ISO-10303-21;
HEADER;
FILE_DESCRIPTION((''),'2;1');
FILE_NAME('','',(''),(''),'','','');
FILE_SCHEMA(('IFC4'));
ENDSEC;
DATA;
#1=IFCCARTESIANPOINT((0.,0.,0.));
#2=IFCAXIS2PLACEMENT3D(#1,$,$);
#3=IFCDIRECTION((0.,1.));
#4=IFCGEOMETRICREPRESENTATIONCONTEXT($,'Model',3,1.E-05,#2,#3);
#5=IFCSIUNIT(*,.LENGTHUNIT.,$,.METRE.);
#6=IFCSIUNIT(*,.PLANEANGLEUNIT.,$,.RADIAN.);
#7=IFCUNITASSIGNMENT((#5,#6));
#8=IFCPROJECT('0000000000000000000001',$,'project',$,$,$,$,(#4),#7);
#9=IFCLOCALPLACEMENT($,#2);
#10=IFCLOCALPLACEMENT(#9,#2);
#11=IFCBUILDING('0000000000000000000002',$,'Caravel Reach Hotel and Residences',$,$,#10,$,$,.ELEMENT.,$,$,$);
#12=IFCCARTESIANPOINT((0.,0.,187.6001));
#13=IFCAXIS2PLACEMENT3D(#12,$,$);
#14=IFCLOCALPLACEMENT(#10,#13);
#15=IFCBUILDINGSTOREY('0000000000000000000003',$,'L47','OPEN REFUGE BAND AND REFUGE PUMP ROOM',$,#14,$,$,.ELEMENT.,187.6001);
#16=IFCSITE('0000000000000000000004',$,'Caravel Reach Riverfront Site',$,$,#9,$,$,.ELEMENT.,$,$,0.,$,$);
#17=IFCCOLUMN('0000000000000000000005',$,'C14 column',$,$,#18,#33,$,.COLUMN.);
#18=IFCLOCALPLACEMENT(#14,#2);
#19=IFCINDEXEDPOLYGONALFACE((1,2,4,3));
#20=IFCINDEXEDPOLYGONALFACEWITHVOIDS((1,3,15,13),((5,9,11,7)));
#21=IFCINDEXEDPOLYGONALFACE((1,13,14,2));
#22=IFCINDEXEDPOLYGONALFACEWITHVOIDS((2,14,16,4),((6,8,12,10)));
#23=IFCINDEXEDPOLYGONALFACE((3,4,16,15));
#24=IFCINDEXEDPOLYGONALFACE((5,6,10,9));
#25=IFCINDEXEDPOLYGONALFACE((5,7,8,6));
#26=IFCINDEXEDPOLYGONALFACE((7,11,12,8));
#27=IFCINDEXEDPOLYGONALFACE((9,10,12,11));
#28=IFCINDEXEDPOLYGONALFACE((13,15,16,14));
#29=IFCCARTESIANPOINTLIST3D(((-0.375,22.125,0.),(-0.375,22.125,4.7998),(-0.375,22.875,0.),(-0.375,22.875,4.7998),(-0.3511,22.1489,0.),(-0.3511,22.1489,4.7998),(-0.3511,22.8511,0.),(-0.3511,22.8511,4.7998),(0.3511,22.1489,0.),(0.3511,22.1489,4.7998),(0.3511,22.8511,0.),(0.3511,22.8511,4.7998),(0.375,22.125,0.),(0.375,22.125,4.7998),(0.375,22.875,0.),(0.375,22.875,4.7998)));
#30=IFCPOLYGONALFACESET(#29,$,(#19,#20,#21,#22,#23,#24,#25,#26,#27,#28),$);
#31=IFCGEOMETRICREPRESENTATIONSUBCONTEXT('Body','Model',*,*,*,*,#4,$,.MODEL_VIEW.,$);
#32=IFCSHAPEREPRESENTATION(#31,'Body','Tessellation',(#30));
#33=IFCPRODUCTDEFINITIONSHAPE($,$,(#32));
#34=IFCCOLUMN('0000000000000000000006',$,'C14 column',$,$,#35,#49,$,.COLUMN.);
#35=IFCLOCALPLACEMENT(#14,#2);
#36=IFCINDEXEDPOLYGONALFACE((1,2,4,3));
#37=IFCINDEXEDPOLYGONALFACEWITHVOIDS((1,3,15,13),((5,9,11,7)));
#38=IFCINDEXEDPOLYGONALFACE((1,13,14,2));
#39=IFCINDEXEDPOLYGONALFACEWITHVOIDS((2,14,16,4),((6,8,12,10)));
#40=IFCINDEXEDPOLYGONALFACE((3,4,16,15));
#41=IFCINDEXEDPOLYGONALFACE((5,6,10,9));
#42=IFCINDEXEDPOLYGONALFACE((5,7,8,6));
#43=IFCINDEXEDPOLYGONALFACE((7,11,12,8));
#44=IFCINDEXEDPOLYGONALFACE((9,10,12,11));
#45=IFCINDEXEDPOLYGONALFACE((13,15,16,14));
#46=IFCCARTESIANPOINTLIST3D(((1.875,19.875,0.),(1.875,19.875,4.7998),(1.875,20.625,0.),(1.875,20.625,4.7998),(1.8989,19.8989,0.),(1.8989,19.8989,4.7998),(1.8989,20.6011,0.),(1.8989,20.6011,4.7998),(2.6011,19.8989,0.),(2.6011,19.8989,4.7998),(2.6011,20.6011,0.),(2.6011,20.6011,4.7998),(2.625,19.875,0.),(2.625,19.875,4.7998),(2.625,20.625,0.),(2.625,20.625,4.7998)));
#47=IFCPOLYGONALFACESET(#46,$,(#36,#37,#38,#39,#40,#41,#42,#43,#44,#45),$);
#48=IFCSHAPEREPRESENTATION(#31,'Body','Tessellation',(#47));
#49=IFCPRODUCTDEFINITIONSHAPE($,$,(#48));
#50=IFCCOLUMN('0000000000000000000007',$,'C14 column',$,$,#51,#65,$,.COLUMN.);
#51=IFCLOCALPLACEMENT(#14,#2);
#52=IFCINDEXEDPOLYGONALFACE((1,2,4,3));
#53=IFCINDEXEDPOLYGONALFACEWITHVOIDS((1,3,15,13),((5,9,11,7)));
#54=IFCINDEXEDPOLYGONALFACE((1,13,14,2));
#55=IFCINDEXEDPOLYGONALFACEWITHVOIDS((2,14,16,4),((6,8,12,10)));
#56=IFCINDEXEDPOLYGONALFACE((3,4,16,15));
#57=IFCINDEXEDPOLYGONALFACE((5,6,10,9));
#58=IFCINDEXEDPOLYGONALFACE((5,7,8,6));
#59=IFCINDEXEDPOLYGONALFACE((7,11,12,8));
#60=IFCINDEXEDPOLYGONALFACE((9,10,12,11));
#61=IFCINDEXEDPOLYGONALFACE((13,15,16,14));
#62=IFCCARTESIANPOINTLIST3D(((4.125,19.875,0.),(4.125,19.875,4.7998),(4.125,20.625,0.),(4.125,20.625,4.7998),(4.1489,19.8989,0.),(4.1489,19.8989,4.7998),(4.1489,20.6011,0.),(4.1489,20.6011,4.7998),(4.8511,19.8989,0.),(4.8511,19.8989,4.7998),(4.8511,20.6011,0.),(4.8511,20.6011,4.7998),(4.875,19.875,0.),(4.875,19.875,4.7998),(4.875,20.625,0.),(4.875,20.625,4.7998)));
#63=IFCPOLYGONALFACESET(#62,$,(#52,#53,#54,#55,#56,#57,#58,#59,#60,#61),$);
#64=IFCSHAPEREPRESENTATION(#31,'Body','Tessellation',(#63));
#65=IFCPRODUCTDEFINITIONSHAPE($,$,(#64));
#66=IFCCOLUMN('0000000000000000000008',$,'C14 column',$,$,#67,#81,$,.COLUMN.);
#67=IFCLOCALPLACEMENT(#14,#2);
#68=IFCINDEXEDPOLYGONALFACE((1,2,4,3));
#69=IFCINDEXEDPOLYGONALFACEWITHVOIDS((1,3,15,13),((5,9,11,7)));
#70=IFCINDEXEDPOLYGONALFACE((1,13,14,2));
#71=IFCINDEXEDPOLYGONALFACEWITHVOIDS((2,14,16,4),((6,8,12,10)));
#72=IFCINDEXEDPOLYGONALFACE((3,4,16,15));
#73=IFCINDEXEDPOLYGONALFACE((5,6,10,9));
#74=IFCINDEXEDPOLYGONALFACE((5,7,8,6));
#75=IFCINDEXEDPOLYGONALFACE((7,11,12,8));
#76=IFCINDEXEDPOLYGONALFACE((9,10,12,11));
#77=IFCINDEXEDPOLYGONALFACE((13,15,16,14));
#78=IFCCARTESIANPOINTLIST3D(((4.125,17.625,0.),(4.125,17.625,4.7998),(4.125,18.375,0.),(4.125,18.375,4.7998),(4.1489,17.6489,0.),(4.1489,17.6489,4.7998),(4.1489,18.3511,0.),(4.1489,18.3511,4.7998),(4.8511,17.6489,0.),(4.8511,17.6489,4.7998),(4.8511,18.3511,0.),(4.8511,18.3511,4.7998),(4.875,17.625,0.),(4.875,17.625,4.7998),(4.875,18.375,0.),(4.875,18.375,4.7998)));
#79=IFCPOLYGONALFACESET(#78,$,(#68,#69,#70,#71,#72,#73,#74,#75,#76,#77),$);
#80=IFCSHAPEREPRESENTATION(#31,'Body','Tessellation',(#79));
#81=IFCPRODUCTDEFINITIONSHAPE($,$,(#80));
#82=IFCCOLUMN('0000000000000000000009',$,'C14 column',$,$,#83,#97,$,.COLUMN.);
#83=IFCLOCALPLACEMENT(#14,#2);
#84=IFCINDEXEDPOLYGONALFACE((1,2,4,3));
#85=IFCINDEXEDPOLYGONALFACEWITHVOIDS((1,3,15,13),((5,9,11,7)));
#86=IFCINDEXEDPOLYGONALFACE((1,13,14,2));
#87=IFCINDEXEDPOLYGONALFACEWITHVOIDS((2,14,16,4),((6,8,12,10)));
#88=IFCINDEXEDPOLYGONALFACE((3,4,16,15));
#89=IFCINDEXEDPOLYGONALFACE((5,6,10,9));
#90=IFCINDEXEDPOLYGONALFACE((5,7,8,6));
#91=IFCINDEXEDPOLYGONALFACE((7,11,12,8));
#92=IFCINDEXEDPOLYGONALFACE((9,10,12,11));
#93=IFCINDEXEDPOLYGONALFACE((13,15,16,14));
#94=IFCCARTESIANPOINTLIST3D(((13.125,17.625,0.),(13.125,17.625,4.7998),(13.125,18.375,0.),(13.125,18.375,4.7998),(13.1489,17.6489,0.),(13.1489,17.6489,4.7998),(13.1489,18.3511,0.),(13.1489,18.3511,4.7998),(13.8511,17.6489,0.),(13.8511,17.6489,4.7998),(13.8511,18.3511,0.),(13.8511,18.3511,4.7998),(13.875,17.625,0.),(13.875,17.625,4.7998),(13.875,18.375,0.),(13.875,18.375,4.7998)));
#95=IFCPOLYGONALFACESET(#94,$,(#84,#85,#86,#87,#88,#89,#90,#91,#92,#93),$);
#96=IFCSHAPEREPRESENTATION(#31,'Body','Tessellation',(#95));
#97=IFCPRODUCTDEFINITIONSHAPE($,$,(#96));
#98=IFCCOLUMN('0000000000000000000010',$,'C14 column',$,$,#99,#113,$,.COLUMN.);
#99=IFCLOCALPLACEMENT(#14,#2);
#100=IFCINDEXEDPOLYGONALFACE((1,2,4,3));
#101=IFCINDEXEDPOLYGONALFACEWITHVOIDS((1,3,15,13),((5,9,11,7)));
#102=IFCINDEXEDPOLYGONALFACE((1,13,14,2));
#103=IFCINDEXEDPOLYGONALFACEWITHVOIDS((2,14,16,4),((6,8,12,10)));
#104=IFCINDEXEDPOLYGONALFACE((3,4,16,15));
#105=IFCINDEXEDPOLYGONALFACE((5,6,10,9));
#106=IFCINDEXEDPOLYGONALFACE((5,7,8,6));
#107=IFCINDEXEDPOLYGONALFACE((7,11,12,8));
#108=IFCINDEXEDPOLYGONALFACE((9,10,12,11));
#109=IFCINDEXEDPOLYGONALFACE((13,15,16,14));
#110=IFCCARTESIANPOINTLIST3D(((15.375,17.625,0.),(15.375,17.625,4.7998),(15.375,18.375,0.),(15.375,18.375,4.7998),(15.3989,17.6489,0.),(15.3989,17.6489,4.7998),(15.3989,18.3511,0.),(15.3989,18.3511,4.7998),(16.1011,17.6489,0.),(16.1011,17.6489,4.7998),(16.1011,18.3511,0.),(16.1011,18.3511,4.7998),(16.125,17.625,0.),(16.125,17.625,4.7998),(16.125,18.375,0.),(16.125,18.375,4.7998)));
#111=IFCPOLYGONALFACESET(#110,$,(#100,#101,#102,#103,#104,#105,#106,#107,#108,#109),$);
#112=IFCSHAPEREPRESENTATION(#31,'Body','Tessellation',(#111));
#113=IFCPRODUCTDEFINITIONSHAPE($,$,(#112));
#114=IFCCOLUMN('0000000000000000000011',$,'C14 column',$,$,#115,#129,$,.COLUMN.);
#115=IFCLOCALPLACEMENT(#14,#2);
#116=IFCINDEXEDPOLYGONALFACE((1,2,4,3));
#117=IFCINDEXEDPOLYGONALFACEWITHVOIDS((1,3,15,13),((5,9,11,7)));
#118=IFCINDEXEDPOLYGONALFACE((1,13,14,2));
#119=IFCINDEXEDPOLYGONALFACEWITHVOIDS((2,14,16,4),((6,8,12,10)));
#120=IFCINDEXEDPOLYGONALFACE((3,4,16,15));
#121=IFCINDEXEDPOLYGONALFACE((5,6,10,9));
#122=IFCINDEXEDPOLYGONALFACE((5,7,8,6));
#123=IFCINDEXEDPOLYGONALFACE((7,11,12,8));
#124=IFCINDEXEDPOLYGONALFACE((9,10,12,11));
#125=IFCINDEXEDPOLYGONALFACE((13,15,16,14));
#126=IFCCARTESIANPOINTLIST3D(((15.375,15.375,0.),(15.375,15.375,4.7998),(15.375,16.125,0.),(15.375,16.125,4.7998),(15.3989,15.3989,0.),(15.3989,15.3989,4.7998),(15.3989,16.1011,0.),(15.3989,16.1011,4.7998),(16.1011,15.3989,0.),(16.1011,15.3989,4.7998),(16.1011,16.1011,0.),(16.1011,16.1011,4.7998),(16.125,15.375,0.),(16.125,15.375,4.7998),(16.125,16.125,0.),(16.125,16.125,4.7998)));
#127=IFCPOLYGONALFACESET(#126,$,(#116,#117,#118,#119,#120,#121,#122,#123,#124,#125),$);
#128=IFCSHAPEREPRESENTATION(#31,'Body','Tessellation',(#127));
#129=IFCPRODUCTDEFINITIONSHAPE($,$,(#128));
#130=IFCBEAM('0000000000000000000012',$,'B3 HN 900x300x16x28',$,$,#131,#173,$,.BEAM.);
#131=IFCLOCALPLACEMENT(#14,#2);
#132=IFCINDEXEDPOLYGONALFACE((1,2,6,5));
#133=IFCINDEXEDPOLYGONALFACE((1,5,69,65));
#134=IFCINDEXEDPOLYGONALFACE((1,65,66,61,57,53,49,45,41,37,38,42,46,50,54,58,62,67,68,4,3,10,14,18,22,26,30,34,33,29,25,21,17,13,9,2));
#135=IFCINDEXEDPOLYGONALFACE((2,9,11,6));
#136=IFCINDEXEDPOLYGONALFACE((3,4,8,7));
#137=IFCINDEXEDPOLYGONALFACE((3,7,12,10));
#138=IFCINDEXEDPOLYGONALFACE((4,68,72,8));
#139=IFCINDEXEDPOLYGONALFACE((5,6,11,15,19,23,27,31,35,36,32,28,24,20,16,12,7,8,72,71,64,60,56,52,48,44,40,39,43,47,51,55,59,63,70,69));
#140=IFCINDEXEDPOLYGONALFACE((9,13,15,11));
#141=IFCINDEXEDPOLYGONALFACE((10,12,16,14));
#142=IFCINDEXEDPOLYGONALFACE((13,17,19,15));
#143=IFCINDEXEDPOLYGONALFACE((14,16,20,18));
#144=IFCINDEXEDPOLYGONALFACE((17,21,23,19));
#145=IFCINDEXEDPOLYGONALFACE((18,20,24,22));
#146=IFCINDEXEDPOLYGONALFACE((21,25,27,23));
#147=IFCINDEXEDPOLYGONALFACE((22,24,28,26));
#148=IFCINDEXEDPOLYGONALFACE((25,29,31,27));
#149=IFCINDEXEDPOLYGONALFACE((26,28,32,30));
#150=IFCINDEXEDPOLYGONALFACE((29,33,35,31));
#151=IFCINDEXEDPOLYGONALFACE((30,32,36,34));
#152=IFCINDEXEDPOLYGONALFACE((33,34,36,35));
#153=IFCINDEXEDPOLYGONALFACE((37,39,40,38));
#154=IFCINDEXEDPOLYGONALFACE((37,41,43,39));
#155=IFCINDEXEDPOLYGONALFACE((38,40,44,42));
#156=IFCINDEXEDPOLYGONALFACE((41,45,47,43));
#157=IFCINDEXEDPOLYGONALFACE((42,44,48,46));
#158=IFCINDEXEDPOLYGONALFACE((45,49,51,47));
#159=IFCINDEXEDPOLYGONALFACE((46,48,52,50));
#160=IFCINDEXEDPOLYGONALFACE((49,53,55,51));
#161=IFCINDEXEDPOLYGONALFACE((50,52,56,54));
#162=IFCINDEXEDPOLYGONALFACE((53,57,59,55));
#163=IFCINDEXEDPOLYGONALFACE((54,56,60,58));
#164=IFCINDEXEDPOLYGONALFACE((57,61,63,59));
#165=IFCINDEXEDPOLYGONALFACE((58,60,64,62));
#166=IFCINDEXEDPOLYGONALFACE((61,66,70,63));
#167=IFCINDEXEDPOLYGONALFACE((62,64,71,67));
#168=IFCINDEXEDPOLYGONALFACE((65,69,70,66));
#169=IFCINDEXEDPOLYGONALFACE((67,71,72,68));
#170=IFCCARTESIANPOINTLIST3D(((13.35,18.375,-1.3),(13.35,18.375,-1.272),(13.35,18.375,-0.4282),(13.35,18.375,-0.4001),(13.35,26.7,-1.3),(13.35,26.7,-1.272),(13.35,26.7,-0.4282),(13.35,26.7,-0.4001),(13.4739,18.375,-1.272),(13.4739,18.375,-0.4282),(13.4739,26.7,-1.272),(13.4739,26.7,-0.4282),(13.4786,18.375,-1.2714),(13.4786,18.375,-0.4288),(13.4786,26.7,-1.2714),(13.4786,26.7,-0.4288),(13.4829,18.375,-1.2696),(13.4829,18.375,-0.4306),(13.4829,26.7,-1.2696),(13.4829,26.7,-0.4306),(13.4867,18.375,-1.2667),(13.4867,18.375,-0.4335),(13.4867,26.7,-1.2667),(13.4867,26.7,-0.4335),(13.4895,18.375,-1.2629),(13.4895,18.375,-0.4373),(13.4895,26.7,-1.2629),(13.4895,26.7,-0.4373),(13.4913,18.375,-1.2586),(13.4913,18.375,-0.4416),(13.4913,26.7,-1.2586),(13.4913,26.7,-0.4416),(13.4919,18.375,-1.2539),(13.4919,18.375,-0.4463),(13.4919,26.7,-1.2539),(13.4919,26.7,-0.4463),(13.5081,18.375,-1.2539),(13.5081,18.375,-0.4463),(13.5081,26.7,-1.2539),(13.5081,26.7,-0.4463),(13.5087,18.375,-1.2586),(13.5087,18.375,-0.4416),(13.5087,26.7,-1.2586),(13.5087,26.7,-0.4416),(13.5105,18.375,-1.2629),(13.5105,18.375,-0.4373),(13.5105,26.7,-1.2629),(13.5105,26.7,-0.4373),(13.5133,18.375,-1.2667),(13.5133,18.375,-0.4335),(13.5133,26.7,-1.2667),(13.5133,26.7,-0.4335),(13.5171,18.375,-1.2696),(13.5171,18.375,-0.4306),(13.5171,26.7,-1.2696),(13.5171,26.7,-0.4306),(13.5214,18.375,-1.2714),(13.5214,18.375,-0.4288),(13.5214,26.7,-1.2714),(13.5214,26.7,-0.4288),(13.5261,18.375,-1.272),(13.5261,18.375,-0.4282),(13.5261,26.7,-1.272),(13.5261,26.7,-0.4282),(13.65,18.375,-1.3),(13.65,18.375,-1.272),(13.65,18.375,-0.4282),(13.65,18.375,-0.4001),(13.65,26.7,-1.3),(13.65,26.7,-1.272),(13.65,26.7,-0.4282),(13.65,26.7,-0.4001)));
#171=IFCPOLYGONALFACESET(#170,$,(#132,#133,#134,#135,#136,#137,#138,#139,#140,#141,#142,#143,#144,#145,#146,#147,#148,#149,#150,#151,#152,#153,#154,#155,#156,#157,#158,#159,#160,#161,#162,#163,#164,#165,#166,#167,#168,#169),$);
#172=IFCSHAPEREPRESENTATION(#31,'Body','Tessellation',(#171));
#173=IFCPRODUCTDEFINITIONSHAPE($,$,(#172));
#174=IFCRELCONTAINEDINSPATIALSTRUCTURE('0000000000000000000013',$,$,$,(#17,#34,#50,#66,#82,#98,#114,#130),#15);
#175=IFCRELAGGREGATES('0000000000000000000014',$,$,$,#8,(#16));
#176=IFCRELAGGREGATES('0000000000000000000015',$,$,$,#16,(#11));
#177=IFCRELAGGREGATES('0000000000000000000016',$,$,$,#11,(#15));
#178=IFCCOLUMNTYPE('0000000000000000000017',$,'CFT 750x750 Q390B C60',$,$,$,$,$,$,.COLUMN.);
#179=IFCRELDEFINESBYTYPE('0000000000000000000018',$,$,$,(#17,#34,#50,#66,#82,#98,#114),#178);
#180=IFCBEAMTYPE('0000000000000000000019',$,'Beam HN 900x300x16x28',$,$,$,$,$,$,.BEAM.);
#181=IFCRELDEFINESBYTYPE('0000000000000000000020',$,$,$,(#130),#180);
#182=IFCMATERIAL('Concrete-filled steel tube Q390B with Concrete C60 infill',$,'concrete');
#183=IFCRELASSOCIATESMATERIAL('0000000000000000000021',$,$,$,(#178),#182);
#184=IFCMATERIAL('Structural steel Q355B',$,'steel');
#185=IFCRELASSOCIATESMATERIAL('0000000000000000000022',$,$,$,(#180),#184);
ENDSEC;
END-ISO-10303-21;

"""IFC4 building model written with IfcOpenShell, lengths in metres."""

from ifc_helpers import new_model, si_unit, direction, frame, origin, origin_2d, place, context, subcontext, project, spatial, hollow_rectangle, i_section, extrude, material, material_profile, profile_set, type_object, element, save


model = new_model("IFC4")

# Units and contexts
model_context = context("Model", 3, precision=1e-05, world=origin(), true_north=direction((0.0, 1.0)))
body_context = subcontext(model_context, "Body", "Model", "MODEL_VIEW")
ifc_project = project(units=[si_unit("LENGTHUNIT", "METRE"), si_unit("PLANEANGLEUNIT", "RADIAN")], contexts=[model_context])

# Site, building, storey
site_placement = place(None, origin())
site = spatial("IfcSite", under=ifc_project, at=site_placement, Name="Caravel Reach Riverfront Site", CompositionType="ELEMENT", RefElevation=0.0)
building_placement = place(site_placement, origin())
building = spatial("IfcBuilding", under=site, at=building_placement, Name="Caravel Reach Hotel and Residences", CompositionType="ELEMENT")
storey_placement = place(building_placement, frame((0.0, 0.0, 187.6001)))
storey = spatial("IfcBuildingStorey", under=building, at=storey_placement, Name="L47", Description="OPEN REFUGE BAND AND REFUGE PUMP ROOM", CompositionType="ELEMENT", Elevation=187.6001)

# Columns
ifc_material_1 = material(Name="Concrete-filled steel tube Q390B with Concrete C60 infill", Category="concrete")
ifc_material_profile_1 = material_profile(ifc_material_1, hollow_rectangle(XDim=0.75, YDim=0.75, WallThickness=0.0239, at=origin_2d()), Name="RHS 750x750x24")
ifc_profile_set_1 = profile_set([ifc_material_profile_1], Name="Concrete-filled steel tube Q390B with Concrete C60 infill")
column_type = type_object("IfcColumnType", Name="CFT 750x750 Q390B C60", PredefinedType="COLUMN", material=ifc_profile_set_1)
for number, where, z_axis, x_axis, name in (
    (1, (0.0, 22.5, 0.0), (0.0, 0.0, 1.0), (1.0, 0.0, 0.0), "C14 column"),
    (2, (2.25, 20.25, 0.0), (0.0, 0.0, 1.0), (1.0, 0.0, 0.0), "C14 column"),
    (3, (4.5, 20.25, 0.0), (0.0, 0.0, 1.0), (1.0, 0.0, 0.0), "C14 column"),
    (4, (4.5, 18.0, 0.0), (0.0, 0.0, 1.0), (1.0, 0.0, 0.0), "C14 column"),
    (5, (13.5, 18.0, 0.0), (0.0, 0.0, 1.0), (1.0, 0.0, 0.0), "C14 column"),
    (6, (15.75, 18.0, 0.0), (0.0, 0.0, 1.0), (1.0, 0.0, 0.0), "C14 column"),
    (7, (15.75, 15.75, 0.0), (0.0, 0.0, 1.0), (1.0, 0.0, 0.0), "C14 column"),
):
    element("IfcColumn", number, at=place(storey_placement, frame(where, z_axis=z_axis, x_axis=x_axis)), inside=storey, type_object=column_type, Name=name, PredefinedType="COLUMN", context=body_context, shape_type="SweptSolid", body=[
        extrude(hollow_rectangle(XDim=0.75, YDim=0.75, WallThickness=0.0239, at=origin_2d()), origin(), (0.0, 0.0, 1.0), 4.7998),
    ])

# Beam
ifc_material_2 = material(Name="Structural steel Q355B", Category="steel")
ifc_material_profile_2 = material_profile(ifc_material_2, i_section(OverallWidth=0.3, OverallDepth=0.8999, WebThickness=0.0161, FlangeThickness=0.0281, FilletRadius=0.0181, at=origin_2d()), Name="HN 900x300x16x28")
ifc_profile_set_2 = profile_set([ifc_material_profile_2], Name="Structural steel Q355B")
beam_type_1 = type_object("IfcBeamType", Name="Beam HN 900x300x16x28", PredefinedType="BEAM", material=ifc_profile_set_2)
beam_placement = place(storey_placement, frame((13.5, 18.375, -0.8501), z_axis=(0.0, 1.0, 0.0), x_axis=(-1.0, 0.0, 0.0)))
element("IfcBeam", 8, at=beam_placement, inside=storey, type_object=beam_type_1, Name="B3 HN 900x300x16x28", PredefinedType="BEAM", context=body_context, shape_type="SweptSolid", body=[
    extrude(i_section(OverallWidth=0.3, OverallDepth=0.8999, WebThickness=0.0161, FlangeThickness=0.0281, FilletRadius=0.0181, at=origin_2d()), origin(), (0.0, 0.0, 1.0), 8.325),
])

save(model, "model.ifc")
